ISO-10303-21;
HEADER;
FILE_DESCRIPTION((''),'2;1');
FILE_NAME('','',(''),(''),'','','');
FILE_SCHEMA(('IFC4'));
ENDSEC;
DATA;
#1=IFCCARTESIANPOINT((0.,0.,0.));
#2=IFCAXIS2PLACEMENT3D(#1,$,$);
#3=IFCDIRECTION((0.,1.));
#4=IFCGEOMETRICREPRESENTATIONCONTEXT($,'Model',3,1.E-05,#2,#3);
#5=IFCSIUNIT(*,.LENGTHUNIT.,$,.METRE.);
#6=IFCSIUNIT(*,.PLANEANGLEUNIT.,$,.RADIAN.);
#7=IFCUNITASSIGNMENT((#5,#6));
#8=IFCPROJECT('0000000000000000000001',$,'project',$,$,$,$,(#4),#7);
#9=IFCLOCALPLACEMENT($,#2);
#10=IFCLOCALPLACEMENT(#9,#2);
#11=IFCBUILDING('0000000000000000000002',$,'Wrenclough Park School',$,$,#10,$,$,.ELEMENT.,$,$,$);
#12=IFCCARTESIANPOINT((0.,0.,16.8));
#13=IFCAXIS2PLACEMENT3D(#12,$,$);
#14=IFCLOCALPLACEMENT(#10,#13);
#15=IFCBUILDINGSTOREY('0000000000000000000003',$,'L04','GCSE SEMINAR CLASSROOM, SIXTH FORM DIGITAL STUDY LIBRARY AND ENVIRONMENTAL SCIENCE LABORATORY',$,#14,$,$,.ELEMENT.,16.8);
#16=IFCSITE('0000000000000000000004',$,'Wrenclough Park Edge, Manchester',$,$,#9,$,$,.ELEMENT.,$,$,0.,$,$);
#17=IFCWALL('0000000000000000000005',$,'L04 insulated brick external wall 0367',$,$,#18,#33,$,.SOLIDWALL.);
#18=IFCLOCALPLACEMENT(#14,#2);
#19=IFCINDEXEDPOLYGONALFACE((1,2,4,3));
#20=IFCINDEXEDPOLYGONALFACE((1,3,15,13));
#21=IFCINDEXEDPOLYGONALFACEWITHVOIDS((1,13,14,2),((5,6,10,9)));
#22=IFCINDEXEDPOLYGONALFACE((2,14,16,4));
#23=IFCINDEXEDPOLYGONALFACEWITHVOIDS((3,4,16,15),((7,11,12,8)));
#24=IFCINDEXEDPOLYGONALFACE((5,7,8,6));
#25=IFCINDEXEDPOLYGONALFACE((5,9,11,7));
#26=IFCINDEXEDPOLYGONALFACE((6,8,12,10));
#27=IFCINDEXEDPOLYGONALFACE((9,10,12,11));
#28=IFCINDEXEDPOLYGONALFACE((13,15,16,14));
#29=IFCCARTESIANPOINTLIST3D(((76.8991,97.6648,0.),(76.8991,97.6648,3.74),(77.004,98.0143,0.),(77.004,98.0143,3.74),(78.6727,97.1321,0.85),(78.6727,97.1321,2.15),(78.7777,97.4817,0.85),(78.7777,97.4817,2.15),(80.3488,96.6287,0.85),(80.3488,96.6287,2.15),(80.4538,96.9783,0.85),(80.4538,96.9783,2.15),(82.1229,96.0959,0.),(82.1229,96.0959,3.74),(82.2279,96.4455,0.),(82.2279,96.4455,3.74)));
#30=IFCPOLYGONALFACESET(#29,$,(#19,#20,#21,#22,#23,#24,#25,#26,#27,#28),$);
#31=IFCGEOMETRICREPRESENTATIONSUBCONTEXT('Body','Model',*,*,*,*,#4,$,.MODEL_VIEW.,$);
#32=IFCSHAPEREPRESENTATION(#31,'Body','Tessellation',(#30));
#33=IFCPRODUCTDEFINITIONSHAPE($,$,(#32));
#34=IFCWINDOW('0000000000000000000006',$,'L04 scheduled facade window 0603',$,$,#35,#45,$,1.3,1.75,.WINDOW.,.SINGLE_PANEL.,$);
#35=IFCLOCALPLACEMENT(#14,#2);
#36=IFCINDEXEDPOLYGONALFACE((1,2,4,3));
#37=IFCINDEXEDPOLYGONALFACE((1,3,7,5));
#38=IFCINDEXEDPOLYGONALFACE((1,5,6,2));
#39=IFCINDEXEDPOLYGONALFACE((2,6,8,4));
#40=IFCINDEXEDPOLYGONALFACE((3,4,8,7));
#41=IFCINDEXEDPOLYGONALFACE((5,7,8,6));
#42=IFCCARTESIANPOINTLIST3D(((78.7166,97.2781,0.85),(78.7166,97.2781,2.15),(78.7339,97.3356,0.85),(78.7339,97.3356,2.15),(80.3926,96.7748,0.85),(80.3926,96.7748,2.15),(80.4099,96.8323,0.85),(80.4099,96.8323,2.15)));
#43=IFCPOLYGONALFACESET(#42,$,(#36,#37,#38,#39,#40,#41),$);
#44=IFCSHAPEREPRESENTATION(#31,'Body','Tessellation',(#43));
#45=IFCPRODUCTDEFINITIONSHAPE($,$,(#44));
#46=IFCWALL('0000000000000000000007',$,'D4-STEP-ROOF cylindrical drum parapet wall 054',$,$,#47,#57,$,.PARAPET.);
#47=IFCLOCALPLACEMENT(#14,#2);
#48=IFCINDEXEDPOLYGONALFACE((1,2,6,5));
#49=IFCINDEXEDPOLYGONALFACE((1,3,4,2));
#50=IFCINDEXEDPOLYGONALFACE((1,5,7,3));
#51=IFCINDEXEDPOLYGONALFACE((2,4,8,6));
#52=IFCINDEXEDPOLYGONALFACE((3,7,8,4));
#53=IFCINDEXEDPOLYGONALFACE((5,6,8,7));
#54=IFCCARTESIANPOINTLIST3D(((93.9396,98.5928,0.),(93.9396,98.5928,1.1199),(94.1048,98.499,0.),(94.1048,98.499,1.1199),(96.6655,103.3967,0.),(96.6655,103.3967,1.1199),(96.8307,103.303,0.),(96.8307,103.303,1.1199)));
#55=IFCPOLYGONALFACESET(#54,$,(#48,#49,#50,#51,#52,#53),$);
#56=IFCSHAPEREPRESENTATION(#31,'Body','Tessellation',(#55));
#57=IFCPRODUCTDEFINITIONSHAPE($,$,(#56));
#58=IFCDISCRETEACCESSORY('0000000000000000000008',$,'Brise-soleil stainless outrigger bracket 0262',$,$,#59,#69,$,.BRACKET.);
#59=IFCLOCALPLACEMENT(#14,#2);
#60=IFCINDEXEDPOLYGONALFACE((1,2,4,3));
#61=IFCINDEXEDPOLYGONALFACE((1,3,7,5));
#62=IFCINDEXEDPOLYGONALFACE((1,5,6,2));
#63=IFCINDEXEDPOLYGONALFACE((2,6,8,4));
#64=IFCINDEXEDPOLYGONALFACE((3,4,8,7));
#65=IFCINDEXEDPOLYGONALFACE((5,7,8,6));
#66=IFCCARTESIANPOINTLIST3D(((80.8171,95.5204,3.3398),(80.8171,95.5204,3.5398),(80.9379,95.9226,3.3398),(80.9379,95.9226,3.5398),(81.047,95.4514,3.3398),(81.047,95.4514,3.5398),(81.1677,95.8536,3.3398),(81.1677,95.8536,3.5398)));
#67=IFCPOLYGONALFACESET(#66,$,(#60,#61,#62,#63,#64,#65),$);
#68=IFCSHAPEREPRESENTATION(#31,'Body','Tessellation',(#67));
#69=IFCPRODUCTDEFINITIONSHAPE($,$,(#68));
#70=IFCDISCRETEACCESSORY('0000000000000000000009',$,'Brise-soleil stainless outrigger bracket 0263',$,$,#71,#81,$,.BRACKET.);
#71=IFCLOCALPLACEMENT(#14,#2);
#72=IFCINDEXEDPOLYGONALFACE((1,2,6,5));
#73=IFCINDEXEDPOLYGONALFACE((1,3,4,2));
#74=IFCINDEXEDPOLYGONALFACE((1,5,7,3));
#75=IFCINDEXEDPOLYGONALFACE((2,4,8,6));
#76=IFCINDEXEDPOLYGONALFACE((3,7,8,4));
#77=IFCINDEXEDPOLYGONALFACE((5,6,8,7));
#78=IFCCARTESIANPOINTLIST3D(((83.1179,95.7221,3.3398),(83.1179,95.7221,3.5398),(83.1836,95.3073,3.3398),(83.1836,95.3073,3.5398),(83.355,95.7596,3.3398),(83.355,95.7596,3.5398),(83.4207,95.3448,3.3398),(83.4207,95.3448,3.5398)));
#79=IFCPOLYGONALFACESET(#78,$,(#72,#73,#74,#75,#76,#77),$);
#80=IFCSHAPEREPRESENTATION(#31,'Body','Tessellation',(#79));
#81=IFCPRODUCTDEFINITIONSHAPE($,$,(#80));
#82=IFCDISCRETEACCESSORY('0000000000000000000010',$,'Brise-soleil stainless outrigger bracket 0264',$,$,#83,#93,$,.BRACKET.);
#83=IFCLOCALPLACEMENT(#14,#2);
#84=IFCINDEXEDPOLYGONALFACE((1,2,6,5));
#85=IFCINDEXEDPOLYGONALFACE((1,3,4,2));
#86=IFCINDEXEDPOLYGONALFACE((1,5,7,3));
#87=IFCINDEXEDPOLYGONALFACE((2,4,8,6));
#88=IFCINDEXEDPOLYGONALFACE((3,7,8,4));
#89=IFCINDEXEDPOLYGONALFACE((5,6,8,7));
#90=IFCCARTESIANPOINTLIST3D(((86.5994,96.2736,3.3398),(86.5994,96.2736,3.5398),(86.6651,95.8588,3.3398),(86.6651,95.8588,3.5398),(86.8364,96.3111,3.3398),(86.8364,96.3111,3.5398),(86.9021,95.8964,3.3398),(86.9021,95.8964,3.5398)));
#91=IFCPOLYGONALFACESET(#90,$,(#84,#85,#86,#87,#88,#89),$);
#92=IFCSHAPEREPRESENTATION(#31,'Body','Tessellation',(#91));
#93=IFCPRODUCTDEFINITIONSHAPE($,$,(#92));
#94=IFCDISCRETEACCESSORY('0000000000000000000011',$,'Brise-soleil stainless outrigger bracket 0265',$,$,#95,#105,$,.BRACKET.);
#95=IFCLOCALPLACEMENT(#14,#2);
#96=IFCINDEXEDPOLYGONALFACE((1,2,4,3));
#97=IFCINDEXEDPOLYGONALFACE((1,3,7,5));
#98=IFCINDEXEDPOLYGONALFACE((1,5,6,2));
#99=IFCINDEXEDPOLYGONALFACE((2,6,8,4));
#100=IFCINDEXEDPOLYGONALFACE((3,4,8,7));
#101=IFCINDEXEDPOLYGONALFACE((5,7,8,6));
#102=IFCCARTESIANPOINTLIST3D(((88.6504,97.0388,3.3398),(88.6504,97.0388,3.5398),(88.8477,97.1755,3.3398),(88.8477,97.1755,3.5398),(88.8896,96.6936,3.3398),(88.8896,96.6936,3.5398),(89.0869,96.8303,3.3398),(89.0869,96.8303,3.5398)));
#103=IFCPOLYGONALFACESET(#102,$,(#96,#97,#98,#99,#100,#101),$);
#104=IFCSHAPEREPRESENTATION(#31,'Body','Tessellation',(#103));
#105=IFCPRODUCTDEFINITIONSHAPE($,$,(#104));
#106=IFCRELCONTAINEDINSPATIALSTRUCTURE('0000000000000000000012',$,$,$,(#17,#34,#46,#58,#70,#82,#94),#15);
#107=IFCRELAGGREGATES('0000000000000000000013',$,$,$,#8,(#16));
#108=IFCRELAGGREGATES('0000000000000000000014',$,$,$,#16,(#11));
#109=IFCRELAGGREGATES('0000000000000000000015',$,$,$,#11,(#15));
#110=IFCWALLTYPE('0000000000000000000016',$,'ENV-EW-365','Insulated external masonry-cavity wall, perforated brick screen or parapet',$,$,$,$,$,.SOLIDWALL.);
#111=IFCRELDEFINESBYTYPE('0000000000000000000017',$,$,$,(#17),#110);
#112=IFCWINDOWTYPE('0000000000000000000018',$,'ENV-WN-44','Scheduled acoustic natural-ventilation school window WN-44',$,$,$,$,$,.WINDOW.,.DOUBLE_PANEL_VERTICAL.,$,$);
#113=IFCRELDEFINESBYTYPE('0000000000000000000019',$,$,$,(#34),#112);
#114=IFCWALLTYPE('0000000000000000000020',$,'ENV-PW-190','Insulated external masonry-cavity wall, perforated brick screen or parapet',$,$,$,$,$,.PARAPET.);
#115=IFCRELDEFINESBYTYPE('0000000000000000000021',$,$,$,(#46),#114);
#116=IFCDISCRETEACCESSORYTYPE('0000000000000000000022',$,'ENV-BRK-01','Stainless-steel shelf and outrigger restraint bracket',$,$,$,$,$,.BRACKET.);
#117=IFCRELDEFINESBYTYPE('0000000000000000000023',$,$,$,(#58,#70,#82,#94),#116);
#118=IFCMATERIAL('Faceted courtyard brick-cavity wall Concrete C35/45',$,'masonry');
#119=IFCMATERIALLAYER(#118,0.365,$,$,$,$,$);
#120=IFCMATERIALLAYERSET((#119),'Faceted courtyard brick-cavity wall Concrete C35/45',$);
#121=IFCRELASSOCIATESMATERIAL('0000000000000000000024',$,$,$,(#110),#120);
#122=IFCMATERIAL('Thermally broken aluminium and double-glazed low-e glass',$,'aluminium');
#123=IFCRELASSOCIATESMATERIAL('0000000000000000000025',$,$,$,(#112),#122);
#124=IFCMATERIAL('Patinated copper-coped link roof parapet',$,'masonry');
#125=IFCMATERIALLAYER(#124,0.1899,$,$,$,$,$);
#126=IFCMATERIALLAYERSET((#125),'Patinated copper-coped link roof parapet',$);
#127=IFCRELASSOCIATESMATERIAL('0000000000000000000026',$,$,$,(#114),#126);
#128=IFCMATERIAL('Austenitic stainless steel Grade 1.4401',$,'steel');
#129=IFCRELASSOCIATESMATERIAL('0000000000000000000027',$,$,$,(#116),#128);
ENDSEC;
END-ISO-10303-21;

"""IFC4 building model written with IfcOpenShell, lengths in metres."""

from ifc_helpers import new_model, si_unit, direction, frame, frame_2d, origin, origin_2d, place, context, subcontext, project, spatial, rectangle, extrude, material, layer, layer_set, type_object, element, fill, save


model = new_model("IFC4")

# Units and contexts
model_context = context("Model", 3, precision=1e-05, world=origin(), true_north=direction((0.0, 1.0)))
body_context = subcontext(model_context, "Body", "Model", "MODEL_VIEW")
ifc_project = project(units=[si_unit("LENGTHUNIT", "METRE"), si_unit("PLANEANGLEUNIT", "RADIAN")], contexts=[model_context])

# Site, building, storey
site_placement = place(None, origin())
site = spatial("IfcSite", under=ifc_project, at=site_placement, Name="Wrenclough Park Edge, Manchester", CompositionType="ELEMENT", RefElevation=0.0)
building_placement = place(site_placement, origin())
building = spatial("IfcBuilding", under=site, at=building_placement, Name="Wrenclough Park School", CompositionType="ELEMENT")
storey_placement = place(building_placement, frame((0.0, 0.0, 16.8)))
storey = spatial("IfcBuildingStorey", under=building, at=storey_placement, Name="L04", Description="GCSE SEMINAR CLASSROOM, SIXTH FORM DIGITAL STUDY LIBRARY AND ENVIRONMENTAL SCIENCE LABORATORY", CompositionType="ELEMENT", Elevation=16.8)

# Wall, opening, window
ifc_material_1 = material(Name="Thermally broken aluminium and double-glazed low-e glass", Category="aluminium")
ifc_material_2 = material(Name="Faceted courtyard brick-cavity wall Concrete C35/45", Category="masonry")
ifc_layer_1 = layer(ifc_material_2, 0.365)
ifc_layer_set_1 = layer_set([ifc_layer_1], Name="Faceted courtyard brick-cavity wall Concrete C35/45")
wall_type_1 = type_object("IfcWallType", Name="ENV-EW-365", Description="Insulated external masonry-cavity wall, perforated brick screen or parapet", PredefinedType="SOLIDWALL", material=ifc_layer_set_1)
wall_1_placement = place(storey_placement, frame((82.1753, 96.2708, 0.0), z_axis=(0.0, 0.0, 1.0), x_axis=(-0.957741, 0.287631, 0.0)))
wall_1 = element("IfcWall", 1, at=wall_1_placement, inside=storey, type_object=wall_type_1, Name="L04 insulated brick external wall 0367", PredefinedType="SOLIDWALL", context=body_context, shape_type="SweptSolid", body=[
    extrude(rectangle(XDim=5.4543, YDim=0.365, at=frame_2d((2.7271, 0.0))), origin(), (0.0, 0.0, 1.0), 3.74),
])
opening_1_placement = place(wall_1_placement, frame((1.8523, 0.0, 0.8501)))
opening_1 = element("IfcOpeningElement", 2, at=opening_1_placement, cuts=wall_1, PredefinedType="OPENING", context=body_context, shape_type="SweptSolid", body=[
    extrude(rectangle(XDim=1.75, YDim=1.3, at=frame_2d((0.875, 0.6499))), frame((0.0, 0.1924, 0.0), z_axis=(0.0, -1.0, 0.0), x_axis=(1.0, 0.0, 0.0)), (0.0, 0.0, 1.0), 0.385),
])
window_type_1 = type_object("IfcWindowType", Name="ENV-WN-44", Description="Scheduled acoustic natural-ventilation school window WN-44", PartitioningType="DOUBLE_PANEL_VERTICAL", PredefinedType="WINDOW", material=ifc_material_1)
window_1_placement = place(opening_1_placement, origin())
window_1 = element("IfcWindow", 3, at=window_1_placement, inside=storey, type_object=window_type_1, Name="L04 scheduled facade window 0603", OverallHeight=1.3, OverallWidth=1.75, PartitioningType="SINGLE_PANEL", PredefinedType="WINDOW", context=body_context, shape_type="SweptSolid", body=[
    extrude(rectangle(XDim=1.75, YDim=1.3, at=frame_2d((0.875, 0.6499))), frame((0.0, 0.03, 0.0), z_axis=(0.0, -1.0, 0.0), x_axis=(1.0, 0.0, 0.0)), (0.0, 0.0, 1.0), 0.0601),
])
fill(opening_1, window_1)

# Wall
ifc_material_3 = material(Name="Patinated copper-coped link roof parapet", Category="masonry")
ifc_layer_2 = layer(ifc_material_3, 0.1899)
ifc_layer_set_2 = layer_set([ifc_layer_2], Name="Patinated copper-coped link roof parapet")
wall_type_2 = type_object("IfcWallType", Name="ENV-PW-190", Description="Insulated external masonry-cavity wall, perforated brick screen or parapet", PredefinedType="PARAPET", material=ifc_layer_set_2)
wall_2_placement = place(storey_placement, frame((94.0222, 98.5459, 0.0), z_axis=(0.0, 0.0, 1.0), x_axis=(0.493504, 0.869743, 0.0)))
element("IfcWall", 4, at=wall_2_placement, inside=storey, type_object=wall_type_2, Name="D4-STEP-ROOF cylindrical drum parapet wall 054", PredefinedType="PARAPET", context=body_context, shape_type="SweptSolid", body=[
    extrude(rectangle(XDim=5.5234, YDim=0.1899, at=frame_2d((2.7617, 0.0))), origin(), (0.0, 0.0, 1.0), 1.1199),
])

# Discrete accessories
ifc_material_4 = material(Name="Austenitic stainless steel Grade 1.4401", Category="steel")
discrete_accessory_type = type_object("IfcDiscreteAccessoryType", Name="ENV-BRK-01", Description="Stainless-steel shelf and outrigger restraint bracket", PredefinedType="BRACKET", material=ifc_material_4)
for number, where, z_axis, x_axis, name in (
    (5, (80.9924, 95.687, 3.3398), (0.0, 0.0, 1.0), (0.957751, -0.287599, 0.0), "Brise-soleil stainless outrigger bracket 0262"),
    (6, (83.2693, 95.5334, 3.3398), (0.0, 0.0, 1.0), (0.987688, 0.156435, 0.0), "Brise-soleil stainless outrigger bracket 0263"),
    (7, (86.7507, 96.085, 3.3398), (0.0, 0.0, 1.0), (0.987688, 0.156435, 0.0), "Brise-soleil stainless outrigger bracket 0264"),
    (8, (88.8687, 96.9346, 3.3398), (0.0, 0.0, 1.0), (0.822008, 0.569476, 0.0), "Brise-soleil stainless outrigger bracket 0265"),
):
    element("IfcDiscreteAccessory", number, at=place(storey_placement, frame(where, z_axis=z_axis, x_axis=x_axis)), inside=storey, type_object=discrete_accessory_type, Name=name, PredefinedType="BRACKET", context=body_context, shape_type="SweptSolid", body=[
        extrude(rectangle(XDim=0.24, YDim=0.4199, at=origin_2d()), origin(), (0.0, 0.0, 1.0), 0.2),
    ])

save(model, "model.ifc")
